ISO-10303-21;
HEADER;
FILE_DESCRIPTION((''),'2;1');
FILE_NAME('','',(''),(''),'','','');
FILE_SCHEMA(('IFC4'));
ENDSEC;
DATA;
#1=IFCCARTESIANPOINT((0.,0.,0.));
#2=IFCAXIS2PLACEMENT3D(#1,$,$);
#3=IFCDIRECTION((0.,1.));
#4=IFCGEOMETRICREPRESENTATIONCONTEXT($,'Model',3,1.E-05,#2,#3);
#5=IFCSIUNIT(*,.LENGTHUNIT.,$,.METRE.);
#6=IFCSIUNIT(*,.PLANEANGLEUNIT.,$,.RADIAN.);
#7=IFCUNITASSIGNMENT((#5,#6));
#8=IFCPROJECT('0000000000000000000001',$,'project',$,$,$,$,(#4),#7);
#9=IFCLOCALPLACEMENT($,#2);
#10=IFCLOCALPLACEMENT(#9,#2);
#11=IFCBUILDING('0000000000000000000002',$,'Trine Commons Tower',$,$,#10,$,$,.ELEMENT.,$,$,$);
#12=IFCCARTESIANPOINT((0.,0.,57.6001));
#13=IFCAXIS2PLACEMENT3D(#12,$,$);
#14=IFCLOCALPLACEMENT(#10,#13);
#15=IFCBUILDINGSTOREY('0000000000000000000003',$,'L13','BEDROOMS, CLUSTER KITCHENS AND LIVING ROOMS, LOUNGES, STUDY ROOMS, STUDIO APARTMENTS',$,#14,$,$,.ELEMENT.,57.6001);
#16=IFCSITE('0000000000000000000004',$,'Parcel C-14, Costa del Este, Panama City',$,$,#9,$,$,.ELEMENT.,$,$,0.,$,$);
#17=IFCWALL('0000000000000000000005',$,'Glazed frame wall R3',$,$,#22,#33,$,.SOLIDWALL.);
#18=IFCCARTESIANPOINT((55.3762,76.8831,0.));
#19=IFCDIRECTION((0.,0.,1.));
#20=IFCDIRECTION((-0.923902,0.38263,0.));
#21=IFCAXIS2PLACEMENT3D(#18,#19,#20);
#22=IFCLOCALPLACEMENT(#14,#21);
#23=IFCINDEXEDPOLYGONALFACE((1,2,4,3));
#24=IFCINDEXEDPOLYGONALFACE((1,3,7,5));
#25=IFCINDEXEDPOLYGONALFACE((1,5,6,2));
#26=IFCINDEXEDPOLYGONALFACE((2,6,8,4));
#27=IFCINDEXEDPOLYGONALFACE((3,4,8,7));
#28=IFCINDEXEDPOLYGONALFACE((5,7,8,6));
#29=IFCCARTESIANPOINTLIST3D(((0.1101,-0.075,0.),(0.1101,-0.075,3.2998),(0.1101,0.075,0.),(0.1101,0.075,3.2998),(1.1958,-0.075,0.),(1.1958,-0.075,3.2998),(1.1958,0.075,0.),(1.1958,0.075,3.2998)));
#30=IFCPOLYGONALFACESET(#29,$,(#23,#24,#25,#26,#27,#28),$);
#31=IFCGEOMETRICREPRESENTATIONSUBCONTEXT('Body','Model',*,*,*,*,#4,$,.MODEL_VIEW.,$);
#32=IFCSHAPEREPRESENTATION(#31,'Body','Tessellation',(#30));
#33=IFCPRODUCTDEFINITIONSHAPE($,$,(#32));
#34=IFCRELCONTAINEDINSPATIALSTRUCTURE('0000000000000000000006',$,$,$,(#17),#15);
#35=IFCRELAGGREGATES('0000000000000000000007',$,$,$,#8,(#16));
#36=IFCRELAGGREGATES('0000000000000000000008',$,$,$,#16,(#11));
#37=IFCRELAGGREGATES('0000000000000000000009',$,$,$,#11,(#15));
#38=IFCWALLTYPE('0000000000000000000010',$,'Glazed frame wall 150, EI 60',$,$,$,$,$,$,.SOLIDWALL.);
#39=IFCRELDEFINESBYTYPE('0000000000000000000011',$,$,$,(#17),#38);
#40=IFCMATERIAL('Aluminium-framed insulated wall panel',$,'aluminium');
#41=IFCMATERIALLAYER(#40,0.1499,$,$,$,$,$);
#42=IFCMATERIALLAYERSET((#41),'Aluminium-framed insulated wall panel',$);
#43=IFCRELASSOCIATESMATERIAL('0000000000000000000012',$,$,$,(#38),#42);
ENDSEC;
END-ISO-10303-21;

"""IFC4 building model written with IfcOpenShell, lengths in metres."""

from ifc_helpers import new_model, si_unit, direction, frame, origin, place, context, subcontext, project, spatial, polyline, outline, extrude, material, layer, layer_set, type_object, element, save


model = new_model("IFC4")

# Units and contexts
model_context = context("Model", 3, precision=1e-05, world=origin(), true_north=direction((0.0, 1.0)))
body_context = subcontext(model_context, "Body", "Model", "MODEL_VIEW")
ifc_project = project(units=[si_unit("LENGTHUNIT", "METRE"), si_unit("PLANEANGLEUNIT", "RADIAN")], contexts=[model_context])

# Site, building, storey
site_placement = place(None, origin())
site = spatial("IfcSite", under=ifc_project, at=site_placement, Name="Parcel C-14, Costa del Este, Panama City", CompositionType="ELEMENT", RefElevation=0.0)
building_placement = place(site_placement, origin())
building = spatial("IfcBuilding", under=site, at=building_placement, Name="Trine Commons Tower", CompositionType="ELEMENT")
storey_placement = place(building_placement, frame((0.0, 0.0, 57.6001)))
storey = spatial("IfcBuildingStorey", under=building, at=storey_placement, Name="L13", Description="BEDROOMS, CLUSTER KITCHENS AND LIVING ROOMS, LOUNGES, STUDY ROOMS, STUDIO APARTMENTS", CompositionType="ELEMENT", Elevation=57.6001)

# Shared definitions
ifc_material_1 = material(Name="Aluminium-framed insulated wall panel", Category="aluminium")
ifc_layer_1 = layer(ifc_material_1, 0.1499)
ifc_layer_set_1 = layer_set([ifc_layer_1], Name="Aluminium-framed insulated wall panel")
wall_type_1 = type_object("IfcWallType", Name="Glazed frame wall 150, EI 60", PredefinedType="SOLIDWALL", material=ifc_layer_set_1)

# Wall
wall_1_placement = place(storey_placement, frame((55.3762, 76.8831, 0.0), z_axis=(0.0, 0.0, 1.0), x_axis=(-0.923902, 0.38263, 0.0)))
element("IfcWall", 1, at=wall_1_placement, inside=storey, type_object=wall_type_1, Name="Glazed frame wall R3", PredefinedType="SOLIDWALL", context=body_context, shape_type="SweptSolid", body=[
    extrude(outline(polyline([(0.1101, 0.075), (0.1101, -0.075), (1.1958, -0.075), (1.1958, 0.075), (0.1101, 0.075)])), origin(), (0.0, 0.0, 1.0), 3.2998),
])

save(model, "model.ifc")
